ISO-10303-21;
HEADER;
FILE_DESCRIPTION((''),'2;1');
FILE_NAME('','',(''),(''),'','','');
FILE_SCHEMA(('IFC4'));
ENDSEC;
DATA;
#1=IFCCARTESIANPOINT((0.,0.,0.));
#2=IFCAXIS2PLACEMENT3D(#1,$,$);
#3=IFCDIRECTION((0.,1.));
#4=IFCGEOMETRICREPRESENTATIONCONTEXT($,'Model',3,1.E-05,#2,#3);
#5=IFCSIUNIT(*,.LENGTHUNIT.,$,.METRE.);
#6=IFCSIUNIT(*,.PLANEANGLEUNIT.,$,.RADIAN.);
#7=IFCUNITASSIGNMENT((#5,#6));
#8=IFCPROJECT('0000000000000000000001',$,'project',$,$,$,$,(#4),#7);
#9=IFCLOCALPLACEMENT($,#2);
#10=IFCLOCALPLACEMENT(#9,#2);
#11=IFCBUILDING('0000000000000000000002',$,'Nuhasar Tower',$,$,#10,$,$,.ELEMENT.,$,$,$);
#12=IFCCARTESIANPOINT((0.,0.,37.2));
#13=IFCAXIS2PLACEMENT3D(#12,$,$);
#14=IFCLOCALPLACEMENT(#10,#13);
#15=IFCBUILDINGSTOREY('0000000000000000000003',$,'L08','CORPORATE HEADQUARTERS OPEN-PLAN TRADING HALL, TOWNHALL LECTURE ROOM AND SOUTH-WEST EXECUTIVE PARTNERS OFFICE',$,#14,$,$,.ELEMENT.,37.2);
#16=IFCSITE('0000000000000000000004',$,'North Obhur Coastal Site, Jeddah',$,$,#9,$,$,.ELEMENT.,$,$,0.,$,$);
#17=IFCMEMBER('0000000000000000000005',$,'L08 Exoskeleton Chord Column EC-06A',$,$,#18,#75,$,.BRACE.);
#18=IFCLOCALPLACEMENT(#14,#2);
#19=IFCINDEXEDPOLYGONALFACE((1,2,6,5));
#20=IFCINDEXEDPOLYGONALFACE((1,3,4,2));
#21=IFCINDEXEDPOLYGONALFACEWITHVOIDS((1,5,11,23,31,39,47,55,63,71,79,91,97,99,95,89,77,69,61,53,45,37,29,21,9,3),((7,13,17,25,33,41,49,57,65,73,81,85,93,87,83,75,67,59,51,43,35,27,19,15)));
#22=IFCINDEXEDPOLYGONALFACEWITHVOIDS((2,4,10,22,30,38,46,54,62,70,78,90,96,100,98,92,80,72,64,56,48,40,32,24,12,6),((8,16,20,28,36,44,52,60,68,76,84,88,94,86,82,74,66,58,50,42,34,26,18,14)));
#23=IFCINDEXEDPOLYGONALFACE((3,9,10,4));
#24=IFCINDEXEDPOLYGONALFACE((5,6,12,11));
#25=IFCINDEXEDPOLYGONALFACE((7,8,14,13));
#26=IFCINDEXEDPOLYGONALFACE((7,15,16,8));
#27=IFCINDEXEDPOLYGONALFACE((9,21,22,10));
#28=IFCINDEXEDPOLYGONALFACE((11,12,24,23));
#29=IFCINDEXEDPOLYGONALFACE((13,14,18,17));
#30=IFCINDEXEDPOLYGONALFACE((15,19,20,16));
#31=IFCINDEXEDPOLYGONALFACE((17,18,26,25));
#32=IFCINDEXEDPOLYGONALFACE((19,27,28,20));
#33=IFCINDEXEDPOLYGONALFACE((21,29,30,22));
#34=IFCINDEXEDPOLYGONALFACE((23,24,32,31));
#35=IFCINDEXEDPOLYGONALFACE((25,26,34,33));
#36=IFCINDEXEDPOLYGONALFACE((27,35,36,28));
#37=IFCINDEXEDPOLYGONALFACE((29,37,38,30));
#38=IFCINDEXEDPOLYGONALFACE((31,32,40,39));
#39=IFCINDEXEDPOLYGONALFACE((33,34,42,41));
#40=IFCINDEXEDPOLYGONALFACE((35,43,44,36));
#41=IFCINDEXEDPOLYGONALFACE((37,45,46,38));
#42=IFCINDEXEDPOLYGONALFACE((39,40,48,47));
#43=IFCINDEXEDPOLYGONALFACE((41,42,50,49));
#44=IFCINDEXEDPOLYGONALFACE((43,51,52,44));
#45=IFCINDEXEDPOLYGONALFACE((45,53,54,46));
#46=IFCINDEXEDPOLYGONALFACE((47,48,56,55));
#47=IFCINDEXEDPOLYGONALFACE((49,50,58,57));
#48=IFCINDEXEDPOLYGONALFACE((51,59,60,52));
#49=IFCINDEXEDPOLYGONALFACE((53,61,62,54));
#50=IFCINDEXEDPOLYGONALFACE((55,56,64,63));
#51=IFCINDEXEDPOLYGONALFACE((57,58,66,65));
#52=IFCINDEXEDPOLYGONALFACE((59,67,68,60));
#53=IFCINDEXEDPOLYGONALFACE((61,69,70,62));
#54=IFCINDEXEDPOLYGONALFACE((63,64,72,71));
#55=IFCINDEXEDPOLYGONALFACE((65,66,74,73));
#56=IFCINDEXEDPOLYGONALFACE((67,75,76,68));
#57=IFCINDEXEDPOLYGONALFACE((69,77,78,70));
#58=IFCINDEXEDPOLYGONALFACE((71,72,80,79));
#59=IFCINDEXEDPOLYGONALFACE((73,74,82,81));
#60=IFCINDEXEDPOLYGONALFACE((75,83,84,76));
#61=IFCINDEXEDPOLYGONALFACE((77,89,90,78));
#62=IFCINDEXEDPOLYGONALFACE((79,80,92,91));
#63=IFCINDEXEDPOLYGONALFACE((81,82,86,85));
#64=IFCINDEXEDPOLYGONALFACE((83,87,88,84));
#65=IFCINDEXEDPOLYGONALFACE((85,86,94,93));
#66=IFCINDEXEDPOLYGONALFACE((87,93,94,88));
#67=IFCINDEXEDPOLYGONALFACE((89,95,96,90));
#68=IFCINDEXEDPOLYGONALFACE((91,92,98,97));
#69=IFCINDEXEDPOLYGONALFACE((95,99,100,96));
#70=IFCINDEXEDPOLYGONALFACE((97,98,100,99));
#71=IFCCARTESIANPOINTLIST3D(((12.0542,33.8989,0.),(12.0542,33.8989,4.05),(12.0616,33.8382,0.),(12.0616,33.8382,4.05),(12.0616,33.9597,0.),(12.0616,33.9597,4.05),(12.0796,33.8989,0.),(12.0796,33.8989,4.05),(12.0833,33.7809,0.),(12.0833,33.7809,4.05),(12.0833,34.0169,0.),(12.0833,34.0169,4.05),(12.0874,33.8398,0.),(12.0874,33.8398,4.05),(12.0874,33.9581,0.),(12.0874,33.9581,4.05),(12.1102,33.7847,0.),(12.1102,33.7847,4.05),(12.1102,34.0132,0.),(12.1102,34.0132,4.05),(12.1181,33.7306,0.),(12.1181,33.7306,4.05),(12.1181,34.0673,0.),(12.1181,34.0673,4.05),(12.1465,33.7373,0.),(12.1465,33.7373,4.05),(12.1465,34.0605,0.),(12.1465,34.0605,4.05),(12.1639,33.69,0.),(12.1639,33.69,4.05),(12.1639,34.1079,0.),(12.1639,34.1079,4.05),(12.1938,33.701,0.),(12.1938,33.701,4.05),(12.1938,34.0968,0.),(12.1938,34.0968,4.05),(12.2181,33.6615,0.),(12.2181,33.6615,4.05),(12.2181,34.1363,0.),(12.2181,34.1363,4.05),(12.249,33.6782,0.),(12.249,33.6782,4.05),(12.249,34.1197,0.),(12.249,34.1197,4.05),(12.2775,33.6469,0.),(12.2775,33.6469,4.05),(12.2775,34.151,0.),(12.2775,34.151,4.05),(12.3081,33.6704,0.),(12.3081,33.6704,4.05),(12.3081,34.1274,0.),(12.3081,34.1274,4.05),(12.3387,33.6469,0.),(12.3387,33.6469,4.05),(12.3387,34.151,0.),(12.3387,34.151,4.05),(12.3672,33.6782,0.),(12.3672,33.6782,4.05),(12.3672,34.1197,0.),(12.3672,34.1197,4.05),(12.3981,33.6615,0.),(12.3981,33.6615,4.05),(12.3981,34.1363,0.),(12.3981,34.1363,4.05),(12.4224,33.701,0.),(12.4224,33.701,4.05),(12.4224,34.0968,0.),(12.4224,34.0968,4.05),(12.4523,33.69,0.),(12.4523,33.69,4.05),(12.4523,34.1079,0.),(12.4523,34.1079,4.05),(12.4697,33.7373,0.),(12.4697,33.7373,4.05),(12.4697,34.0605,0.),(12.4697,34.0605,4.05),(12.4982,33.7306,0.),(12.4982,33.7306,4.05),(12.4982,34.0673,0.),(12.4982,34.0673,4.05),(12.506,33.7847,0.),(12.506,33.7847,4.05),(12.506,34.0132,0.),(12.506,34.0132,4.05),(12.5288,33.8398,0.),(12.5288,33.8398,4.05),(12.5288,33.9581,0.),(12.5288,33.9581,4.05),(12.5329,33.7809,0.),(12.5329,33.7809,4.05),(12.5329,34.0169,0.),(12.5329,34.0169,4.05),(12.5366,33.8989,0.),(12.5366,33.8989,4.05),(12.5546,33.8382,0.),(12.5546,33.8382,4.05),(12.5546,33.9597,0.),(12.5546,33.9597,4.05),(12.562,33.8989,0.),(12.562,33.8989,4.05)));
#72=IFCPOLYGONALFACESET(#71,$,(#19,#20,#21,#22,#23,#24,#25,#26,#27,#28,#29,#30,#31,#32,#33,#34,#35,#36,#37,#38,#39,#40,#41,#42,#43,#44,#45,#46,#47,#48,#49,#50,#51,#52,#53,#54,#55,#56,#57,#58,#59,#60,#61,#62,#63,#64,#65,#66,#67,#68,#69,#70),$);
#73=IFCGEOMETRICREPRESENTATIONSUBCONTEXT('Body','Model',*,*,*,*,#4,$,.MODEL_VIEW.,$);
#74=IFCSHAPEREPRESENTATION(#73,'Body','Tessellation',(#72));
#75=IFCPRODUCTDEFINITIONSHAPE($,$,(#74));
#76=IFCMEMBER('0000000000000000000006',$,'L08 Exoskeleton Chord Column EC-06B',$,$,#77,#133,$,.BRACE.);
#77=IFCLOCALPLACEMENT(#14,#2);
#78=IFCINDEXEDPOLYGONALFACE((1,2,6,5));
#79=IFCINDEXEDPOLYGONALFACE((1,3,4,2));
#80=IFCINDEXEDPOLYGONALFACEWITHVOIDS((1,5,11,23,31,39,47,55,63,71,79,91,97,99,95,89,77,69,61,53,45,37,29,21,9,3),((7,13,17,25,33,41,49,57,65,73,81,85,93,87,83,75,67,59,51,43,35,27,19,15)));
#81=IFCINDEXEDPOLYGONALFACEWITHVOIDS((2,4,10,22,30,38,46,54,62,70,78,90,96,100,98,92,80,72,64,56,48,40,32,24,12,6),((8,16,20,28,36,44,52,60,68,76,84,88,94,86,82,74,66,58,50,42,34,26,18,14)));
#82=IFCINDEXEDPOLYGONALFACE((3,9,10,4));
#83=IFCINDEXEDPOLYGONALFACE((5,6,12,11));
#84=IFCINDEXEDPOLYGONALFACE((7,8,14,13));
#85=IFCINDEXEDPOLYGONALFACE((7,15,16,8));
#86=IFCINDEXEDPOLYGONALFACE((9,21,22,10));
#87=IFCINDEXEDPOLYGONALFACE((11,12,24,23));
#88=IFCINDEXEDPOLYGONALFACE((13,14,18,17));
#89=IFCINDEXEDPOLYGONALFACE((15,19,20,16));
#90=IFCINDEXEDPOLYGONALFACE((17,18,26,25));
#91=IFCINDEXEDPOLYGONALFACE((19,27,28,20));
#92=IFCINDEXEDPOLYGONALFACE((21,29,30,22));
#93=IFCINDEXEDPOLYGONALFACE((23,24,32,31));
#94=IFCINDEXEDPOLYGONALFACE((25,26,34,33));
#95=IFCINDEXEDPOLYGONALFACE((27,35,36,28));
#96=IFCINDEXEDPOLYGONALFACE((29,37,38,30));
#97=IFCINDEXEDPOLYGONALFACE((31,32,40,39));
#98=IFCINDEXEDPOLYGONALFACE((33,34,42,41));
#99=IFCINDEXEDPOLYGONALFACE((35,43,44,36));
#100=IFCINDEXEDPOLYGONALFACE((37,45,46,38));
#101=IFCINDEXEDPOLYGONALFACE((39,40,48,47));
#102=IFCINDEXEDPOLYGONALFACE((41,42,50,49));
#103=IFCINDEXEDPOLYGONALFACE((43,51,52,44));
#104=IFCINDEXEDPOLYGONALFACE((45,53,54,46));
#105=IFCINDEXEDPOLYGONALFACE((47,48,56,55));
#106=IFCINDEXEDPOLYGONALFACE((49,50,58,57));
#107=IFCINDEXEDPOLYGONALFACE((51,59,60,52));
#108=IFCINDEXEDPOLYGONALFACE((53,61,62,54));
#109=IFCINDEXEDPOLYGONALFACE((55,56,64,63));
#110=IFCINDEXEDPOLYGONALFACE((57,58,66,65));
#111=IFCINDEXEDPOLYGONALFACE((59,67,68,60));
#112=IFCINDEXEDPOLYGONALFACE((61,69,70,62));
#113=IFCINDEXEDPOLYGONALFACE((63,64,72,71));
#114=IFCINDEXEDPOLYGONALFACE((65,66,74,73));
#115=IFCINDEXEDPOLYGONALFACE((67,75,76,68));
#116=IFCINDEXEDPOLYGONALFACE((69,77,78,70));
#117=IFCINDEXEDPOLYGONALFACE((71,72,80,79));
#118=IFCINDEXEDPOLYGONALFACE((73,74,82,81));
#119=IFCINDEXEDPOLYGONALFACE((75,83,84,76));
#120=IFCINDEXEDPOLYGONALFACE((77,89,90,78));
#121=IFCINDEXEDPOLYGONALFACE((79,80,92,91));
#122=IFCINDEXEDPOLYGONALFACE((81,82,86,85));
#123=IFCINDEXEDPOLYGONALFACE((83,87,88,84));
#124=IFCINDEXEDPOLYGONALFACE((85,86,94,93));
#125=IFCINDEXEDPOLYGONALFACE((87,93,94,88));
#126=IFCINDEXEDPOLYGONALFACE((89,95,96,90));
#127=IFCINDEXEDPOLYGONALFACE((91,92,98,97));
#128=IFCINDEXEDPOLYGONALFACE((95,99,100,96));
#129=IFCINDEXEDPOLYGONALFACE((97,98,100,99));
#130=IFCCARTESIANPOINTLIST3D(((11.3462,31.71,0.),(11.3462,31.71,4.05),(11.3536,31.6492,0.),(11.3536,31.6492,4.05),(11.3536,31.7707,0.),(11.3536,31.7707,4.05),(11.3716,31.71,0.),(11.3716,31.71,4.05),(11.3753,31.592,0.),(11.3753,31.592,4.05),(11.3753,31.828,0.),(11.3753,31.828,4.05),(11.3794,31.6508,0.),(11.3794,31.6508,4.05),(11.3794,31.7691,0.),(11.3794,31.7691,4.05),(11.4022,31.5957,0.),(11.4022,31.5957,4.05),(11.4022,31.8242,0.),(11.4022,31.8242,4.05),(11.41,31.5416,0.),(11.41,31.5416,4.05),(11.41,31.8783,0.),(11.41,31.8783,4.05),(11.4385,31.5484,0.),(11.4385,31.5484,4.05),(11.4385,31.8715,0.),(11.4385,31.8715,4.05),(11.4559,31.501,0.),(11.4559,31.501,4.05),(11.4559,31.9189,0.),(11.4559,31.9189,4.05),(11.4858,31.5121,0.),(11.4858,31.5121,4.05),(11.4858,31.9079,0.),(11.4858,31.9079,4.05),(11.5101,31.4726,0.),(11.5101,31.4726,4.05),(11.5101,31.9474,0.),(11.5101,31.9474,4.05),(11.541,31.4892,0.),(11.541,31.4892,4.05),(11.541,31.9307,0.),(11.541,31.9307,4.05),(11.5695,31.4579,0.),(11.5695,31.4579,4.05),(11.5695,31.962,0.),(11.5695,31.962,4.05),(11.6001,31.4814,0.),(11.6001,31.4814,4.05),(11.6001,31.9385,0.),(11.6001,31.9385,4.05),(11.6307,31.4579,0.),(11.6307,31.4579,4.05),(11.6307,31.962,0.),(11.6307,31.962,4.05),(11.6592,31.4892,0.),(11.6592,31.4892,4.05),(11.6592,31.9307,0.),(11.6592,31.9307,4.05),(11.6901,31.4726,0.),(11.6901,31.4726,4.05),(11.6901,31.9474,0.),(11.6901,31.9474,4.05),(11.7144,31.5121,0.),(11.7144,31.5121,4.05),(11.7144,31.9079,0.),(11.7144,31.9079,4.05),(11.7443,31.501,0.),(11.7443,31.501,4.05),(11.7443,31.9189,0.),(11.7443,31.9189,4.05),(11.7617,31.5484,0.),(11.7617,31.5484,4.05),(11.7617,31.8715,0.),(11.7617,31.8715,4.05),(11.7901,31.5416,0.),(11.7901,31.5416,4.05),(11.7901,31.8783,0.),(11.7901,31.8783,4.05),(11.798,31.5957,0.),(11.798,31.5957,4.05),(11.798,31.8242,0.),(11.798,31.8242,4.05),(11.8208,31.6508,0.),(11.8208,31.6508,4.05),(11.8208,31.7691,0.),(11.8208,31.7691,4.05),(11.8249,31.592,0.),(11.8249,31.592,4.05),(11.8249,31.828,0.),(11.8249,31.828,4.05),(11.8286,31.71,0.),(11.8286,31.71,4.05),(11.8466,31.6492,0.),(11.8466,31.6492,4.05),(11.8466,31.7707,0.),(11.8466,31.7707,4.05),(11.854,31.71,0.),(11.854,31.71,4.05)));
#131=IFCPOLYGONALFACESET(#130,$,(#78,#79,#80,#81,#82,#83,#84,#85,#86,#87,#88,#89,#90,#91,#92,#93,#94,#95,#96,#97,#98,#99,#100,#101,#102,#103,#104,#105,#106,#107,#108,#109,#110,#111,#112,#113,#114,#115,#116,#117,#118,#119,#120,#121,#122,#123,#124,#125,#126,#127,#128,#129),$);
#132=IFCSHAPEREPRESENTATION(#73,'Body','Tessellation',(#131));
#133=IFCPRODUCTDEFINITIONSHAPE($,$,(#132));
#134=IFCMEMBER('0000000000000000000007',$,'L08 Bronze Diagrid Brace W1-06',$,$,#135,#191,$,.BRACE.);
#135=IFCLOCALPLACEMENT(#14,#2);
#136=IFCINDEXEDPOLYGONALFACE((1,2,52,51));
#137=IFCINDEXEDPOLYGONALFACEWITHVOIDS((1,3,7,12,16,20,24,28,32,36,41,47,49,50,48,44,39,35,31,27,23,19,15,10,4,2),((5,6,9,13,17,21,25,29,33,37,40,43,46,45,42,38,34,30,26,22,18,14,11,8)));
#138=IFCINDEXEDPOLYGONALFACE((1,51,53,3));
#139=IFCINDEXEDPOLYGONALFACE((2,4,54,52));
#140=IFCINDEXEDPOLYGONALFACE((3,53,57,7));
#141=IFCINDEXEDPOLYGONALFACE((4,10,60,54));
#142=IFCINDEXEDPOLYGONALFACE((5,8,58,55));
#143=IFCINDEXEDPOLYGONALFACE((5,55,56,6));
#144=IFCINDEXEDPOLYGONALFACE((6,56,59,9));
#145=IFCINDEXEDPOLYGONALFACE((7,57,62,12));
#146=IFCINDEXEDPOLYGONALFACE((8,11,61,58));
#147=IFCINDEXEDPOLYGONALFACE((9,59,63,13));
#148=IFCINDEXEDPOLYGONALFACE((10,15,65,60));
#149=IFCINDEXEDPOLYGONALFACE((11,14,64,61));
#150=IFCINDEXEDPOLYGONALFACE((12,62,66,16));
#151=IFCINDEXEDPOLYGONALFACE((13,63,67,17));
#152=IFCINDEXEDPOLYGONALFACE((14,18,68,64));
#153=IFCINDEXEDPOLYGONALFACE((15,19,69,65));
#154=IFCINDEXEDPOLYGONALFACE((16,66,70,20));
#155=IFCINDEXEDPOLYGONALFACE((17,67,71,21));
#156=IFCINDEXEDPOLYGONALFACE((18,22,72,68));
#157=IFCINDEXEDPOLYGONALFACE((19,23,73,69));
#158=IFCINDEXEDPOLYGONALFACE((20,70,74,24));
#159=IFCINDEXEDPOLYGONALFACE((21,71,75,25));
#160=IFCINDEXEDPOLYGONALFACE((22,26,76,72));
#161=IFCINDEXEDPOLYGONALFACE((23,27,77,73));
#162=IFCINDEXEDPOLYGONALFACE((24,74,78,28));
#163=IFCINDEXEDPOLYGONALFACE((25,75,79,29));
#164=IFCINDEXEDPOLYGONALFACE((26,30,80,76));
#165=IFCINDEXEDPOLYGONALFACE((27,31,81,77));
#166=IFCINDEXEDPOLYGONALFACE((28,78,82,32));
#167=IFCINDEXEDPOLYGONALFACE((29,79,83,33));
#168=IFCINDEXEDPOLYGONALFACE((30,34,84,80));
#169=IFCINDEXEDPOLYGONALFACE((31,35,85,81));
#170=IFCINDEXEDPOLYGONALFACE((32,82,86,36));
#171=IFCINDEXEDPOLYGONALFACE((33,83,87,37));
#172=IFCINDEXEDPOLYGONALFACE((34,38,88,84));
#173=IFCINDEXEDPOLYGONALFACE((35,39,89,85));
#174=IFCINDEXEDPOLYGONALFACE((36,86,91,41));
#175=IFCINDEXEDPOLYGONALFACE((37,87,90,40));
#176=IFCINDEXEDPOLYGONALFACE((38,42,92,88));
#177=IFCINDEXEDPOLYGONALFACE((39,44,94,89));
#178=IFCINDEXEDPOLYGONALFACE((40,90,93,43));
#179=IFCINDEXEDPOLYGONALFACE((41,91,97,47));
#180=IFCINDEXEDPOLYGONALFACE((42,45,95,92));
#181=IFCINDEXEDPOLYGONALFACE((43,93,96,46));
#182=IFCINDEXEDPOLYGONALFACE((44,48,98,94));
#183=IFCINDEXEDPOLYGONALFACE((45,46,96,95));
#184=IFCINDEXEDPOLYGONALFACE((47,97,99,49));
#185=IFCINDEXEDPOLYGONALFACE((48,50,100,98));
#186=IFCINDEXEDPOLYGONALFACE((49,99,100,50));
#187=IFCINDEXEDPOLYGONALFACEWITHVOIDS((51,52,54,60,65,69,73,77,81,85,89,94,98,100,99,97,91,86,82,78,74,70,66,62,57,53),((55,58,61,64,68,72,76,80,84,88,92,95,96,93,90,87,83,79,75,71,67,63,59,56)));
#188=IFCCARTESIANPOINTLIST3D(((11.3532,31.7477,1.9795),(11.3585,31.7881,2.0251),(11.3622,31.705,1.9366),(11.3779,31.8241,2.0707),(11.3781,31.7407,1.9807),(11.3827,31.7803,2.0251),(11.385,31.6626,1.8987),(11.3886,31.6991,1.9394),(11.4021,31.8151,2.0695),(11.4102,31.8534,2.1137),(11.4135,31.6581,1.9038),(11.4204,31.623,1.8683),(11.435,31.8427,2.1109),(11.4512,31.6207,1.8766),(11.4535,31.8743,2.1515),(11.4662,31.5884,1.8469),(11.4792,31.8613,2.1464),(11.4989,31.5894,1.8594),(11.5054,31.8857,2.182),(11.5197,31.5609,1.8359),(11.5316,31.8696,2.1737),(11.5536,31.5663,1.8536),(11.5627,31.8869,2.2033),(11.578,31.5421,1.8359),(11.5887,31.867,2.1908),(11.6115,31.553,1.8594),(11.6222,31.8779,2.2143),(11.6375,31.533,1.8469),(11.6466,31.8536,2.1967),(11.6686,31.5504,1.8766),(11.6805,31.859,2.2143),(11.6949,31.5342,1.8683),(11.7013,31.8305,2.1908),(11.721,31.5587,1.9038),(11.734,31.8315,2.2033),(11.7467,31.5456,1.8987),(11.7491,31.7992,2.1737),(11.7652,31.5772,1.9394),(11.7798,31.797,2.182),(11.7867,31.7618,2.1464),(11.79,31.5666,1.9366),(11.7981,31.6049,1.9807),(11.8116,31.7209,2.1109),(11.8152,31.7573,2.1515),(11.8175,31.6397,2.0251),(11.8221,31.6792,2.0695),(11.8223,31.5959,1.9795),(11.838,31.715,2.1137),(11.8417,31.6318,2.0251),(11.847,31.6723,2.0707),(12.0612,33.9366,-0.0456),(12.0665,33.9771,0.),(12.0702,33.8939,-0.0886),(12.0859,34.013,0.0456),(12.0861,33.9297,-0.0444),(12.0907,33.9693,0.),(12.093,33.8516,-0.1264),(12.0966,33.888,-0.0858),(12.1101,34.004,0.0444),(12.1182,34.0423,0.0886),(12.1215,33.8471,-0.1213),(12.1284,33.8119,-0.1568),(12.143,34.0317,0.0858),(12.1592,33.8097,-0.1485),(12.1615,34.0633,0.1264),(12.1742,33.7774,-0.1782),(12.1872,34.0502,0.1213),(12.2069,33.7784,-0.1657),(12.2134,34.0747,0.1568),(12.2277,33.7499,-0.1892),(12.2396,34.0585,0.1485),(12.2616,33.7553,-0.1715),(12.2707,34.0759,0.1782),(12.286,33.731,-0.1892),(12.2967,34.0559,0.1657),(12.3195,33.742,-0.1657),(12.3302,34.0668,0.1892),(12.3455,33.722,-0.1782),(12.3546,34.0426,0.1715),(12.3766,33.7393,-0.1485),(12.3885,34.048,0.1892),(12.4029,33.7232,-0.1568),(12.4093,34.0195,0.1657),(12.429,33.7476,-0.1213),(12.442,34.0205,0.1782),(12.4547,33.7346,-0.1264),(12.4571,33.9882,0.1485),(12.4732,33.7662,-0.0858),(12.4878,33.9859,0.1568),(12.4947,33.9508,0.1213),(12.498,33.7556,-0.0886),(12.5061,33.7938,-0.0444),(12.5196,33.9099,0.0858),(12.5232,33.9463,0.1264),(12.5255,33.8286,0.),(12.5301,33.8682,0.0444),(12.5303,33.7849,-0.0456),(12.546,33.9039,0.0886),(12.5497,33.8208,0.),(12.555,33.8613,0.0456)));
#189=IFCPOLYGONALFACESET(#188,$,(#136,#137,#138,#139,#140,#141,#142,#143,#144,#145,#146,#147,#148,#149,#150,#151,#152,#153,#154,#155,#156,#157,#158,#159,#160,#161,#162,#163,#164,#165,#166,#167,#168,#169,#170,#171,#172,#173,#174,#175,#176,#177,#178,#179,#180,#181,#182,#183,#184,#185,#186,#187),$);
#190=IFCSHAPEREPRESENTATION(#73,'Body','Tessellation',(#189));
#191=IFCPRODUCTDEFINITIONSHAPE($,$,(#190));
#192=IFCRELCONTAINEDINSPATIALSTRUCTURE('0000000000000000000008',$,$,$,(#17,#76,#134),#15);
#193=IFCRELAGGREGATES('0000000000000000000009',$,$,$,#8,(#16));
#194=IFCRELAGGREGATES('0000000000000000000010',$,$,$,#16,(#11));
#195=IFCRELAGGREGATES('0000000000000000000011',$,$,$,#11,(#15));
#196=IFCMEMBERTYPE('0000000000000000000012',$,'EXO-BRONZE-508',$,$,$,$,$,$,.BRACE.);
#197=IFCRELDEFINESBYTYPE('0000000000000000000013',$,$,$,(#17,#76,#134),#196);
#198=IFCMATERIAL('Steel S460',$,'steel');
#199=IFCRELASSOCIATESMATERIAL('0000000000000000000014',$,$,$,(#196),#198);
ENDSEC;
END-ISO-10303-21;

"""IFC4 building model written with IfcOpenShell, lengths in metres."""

from ifc_helpers import new_model, si_unit, direction, frame, origin, origin_2d, place, context, subcontext, project, spatial, hollow_circle, extrude, material, material_profile, profile_set, type_object, element, save


model = new_model("IFC4")

# Units and contexts
model_context = context("Model", 3, precision=1e-05, world=origin(), true_north=direction((0.0, 1.0)))
body_context = subcontext(model_context, "Body", "Model", "MODEL_VIEW")
ifc_project = project(units=[si_unit("LENGTHUNIT", "METRE"), si_unit("PLANEANGLEUNIT", "RADIAN")], contexts=[model_context])

# Site, building, storey
site_placement = place(None, origin())
site = spatial("IfcSite", under=ifc_project, at=site_placement, Name="North Obhur Coastal Site, Jeddah", CompositionType="ELEMENT", RefElevation=0.0)
building_placement = place(site_placement, origin())
building = spatial("IfcBuilding", under=site, at=building_placement, Name="Nuhasar Tower", CompositionType="ELEMENT")
storey_placement = place(building_placement, frame((0.0, 0.0, 37.2)))
storey = spatial("IfcBuildingStorey", under=building, at=storey_placement, Name="L08", Description="CORPORATE HEADQUARTERS OPEN-PLAN TRADING HALL, TOWNHALL LECTURE ROOM AND SOUTH-WEST EXECUTIVE PARTNERS OFFICE", CompositionType="ELEMENT", Elevation=37.2)

# Members
ifc_material_1 = material(Name="Steel S460", Category="steel")
ifc_material_profile_1 = material_profile(ifc_material_1, hollow_circle(Radius=0.2539, WallThickness=0.0254, at=origin_2d()), Name="HSS508X25.4")
ifc_profile_set_1 = profile_set([ifc_material_profile_1], Name="Steel S460")
member_type_1 = type_object("IfcMemberType", Name="EXO-BRONZE-508", PredefinedType="BRACE", material=ifc_profile_set_1)
for number, where, z_axis, x_axis, name in (
    (1, (12.3081, 33.8989, 0.0), (0.0, 0.0, 1.0), (1.0, 0.0, 0.0), "L08 Exoskeleton Chord Column EC-06A"),
    (2, (11.6001, 31.71, 0.0), (0.0, 0.0, 1.0), (1.0, 0.0, 0.0), "L08 Exoskeleton Chord Column EC-06B"),
):
    element("IfcMember", number, at=place(storey_placement, frame(where, z_axis=z_axis, x_axis=x_axis)), inside=storey, type_object=member_type_1, Name=name, PredefinedType="BRACE", context=body_context, shape_type="SweptSolid", body=[
        extrude(hollow_circle(Radius=0.2539, WallThickness=0.0254, at=origin_2d()), origin(), (0.0, 0.0, 1.0), 4.05),
    ])
member_1_placement = place(storey_placement, frame((12.3081, 33.8989, 0.0), z_axis=(-0.231, -0.714187, 0.660739), x_axis=(0.951468, -0.307747, 0.0)))
element("IfcMember", 3, at=member_1_placement, inside=storey, type_object=member_type_1, Name="L08 Bronze Diagrid Brace W1-06", PredefinedType="BRACE", context=body_context, shape_type="SweptSolid", body=[
    extrude(hollow_circle(Radius=0.2539, WallThickness=0.0254, at=origin_2d()), origin(), (0.0, 0.0, 1.0), 3.0649),
])

save(model, "model.ifc")
